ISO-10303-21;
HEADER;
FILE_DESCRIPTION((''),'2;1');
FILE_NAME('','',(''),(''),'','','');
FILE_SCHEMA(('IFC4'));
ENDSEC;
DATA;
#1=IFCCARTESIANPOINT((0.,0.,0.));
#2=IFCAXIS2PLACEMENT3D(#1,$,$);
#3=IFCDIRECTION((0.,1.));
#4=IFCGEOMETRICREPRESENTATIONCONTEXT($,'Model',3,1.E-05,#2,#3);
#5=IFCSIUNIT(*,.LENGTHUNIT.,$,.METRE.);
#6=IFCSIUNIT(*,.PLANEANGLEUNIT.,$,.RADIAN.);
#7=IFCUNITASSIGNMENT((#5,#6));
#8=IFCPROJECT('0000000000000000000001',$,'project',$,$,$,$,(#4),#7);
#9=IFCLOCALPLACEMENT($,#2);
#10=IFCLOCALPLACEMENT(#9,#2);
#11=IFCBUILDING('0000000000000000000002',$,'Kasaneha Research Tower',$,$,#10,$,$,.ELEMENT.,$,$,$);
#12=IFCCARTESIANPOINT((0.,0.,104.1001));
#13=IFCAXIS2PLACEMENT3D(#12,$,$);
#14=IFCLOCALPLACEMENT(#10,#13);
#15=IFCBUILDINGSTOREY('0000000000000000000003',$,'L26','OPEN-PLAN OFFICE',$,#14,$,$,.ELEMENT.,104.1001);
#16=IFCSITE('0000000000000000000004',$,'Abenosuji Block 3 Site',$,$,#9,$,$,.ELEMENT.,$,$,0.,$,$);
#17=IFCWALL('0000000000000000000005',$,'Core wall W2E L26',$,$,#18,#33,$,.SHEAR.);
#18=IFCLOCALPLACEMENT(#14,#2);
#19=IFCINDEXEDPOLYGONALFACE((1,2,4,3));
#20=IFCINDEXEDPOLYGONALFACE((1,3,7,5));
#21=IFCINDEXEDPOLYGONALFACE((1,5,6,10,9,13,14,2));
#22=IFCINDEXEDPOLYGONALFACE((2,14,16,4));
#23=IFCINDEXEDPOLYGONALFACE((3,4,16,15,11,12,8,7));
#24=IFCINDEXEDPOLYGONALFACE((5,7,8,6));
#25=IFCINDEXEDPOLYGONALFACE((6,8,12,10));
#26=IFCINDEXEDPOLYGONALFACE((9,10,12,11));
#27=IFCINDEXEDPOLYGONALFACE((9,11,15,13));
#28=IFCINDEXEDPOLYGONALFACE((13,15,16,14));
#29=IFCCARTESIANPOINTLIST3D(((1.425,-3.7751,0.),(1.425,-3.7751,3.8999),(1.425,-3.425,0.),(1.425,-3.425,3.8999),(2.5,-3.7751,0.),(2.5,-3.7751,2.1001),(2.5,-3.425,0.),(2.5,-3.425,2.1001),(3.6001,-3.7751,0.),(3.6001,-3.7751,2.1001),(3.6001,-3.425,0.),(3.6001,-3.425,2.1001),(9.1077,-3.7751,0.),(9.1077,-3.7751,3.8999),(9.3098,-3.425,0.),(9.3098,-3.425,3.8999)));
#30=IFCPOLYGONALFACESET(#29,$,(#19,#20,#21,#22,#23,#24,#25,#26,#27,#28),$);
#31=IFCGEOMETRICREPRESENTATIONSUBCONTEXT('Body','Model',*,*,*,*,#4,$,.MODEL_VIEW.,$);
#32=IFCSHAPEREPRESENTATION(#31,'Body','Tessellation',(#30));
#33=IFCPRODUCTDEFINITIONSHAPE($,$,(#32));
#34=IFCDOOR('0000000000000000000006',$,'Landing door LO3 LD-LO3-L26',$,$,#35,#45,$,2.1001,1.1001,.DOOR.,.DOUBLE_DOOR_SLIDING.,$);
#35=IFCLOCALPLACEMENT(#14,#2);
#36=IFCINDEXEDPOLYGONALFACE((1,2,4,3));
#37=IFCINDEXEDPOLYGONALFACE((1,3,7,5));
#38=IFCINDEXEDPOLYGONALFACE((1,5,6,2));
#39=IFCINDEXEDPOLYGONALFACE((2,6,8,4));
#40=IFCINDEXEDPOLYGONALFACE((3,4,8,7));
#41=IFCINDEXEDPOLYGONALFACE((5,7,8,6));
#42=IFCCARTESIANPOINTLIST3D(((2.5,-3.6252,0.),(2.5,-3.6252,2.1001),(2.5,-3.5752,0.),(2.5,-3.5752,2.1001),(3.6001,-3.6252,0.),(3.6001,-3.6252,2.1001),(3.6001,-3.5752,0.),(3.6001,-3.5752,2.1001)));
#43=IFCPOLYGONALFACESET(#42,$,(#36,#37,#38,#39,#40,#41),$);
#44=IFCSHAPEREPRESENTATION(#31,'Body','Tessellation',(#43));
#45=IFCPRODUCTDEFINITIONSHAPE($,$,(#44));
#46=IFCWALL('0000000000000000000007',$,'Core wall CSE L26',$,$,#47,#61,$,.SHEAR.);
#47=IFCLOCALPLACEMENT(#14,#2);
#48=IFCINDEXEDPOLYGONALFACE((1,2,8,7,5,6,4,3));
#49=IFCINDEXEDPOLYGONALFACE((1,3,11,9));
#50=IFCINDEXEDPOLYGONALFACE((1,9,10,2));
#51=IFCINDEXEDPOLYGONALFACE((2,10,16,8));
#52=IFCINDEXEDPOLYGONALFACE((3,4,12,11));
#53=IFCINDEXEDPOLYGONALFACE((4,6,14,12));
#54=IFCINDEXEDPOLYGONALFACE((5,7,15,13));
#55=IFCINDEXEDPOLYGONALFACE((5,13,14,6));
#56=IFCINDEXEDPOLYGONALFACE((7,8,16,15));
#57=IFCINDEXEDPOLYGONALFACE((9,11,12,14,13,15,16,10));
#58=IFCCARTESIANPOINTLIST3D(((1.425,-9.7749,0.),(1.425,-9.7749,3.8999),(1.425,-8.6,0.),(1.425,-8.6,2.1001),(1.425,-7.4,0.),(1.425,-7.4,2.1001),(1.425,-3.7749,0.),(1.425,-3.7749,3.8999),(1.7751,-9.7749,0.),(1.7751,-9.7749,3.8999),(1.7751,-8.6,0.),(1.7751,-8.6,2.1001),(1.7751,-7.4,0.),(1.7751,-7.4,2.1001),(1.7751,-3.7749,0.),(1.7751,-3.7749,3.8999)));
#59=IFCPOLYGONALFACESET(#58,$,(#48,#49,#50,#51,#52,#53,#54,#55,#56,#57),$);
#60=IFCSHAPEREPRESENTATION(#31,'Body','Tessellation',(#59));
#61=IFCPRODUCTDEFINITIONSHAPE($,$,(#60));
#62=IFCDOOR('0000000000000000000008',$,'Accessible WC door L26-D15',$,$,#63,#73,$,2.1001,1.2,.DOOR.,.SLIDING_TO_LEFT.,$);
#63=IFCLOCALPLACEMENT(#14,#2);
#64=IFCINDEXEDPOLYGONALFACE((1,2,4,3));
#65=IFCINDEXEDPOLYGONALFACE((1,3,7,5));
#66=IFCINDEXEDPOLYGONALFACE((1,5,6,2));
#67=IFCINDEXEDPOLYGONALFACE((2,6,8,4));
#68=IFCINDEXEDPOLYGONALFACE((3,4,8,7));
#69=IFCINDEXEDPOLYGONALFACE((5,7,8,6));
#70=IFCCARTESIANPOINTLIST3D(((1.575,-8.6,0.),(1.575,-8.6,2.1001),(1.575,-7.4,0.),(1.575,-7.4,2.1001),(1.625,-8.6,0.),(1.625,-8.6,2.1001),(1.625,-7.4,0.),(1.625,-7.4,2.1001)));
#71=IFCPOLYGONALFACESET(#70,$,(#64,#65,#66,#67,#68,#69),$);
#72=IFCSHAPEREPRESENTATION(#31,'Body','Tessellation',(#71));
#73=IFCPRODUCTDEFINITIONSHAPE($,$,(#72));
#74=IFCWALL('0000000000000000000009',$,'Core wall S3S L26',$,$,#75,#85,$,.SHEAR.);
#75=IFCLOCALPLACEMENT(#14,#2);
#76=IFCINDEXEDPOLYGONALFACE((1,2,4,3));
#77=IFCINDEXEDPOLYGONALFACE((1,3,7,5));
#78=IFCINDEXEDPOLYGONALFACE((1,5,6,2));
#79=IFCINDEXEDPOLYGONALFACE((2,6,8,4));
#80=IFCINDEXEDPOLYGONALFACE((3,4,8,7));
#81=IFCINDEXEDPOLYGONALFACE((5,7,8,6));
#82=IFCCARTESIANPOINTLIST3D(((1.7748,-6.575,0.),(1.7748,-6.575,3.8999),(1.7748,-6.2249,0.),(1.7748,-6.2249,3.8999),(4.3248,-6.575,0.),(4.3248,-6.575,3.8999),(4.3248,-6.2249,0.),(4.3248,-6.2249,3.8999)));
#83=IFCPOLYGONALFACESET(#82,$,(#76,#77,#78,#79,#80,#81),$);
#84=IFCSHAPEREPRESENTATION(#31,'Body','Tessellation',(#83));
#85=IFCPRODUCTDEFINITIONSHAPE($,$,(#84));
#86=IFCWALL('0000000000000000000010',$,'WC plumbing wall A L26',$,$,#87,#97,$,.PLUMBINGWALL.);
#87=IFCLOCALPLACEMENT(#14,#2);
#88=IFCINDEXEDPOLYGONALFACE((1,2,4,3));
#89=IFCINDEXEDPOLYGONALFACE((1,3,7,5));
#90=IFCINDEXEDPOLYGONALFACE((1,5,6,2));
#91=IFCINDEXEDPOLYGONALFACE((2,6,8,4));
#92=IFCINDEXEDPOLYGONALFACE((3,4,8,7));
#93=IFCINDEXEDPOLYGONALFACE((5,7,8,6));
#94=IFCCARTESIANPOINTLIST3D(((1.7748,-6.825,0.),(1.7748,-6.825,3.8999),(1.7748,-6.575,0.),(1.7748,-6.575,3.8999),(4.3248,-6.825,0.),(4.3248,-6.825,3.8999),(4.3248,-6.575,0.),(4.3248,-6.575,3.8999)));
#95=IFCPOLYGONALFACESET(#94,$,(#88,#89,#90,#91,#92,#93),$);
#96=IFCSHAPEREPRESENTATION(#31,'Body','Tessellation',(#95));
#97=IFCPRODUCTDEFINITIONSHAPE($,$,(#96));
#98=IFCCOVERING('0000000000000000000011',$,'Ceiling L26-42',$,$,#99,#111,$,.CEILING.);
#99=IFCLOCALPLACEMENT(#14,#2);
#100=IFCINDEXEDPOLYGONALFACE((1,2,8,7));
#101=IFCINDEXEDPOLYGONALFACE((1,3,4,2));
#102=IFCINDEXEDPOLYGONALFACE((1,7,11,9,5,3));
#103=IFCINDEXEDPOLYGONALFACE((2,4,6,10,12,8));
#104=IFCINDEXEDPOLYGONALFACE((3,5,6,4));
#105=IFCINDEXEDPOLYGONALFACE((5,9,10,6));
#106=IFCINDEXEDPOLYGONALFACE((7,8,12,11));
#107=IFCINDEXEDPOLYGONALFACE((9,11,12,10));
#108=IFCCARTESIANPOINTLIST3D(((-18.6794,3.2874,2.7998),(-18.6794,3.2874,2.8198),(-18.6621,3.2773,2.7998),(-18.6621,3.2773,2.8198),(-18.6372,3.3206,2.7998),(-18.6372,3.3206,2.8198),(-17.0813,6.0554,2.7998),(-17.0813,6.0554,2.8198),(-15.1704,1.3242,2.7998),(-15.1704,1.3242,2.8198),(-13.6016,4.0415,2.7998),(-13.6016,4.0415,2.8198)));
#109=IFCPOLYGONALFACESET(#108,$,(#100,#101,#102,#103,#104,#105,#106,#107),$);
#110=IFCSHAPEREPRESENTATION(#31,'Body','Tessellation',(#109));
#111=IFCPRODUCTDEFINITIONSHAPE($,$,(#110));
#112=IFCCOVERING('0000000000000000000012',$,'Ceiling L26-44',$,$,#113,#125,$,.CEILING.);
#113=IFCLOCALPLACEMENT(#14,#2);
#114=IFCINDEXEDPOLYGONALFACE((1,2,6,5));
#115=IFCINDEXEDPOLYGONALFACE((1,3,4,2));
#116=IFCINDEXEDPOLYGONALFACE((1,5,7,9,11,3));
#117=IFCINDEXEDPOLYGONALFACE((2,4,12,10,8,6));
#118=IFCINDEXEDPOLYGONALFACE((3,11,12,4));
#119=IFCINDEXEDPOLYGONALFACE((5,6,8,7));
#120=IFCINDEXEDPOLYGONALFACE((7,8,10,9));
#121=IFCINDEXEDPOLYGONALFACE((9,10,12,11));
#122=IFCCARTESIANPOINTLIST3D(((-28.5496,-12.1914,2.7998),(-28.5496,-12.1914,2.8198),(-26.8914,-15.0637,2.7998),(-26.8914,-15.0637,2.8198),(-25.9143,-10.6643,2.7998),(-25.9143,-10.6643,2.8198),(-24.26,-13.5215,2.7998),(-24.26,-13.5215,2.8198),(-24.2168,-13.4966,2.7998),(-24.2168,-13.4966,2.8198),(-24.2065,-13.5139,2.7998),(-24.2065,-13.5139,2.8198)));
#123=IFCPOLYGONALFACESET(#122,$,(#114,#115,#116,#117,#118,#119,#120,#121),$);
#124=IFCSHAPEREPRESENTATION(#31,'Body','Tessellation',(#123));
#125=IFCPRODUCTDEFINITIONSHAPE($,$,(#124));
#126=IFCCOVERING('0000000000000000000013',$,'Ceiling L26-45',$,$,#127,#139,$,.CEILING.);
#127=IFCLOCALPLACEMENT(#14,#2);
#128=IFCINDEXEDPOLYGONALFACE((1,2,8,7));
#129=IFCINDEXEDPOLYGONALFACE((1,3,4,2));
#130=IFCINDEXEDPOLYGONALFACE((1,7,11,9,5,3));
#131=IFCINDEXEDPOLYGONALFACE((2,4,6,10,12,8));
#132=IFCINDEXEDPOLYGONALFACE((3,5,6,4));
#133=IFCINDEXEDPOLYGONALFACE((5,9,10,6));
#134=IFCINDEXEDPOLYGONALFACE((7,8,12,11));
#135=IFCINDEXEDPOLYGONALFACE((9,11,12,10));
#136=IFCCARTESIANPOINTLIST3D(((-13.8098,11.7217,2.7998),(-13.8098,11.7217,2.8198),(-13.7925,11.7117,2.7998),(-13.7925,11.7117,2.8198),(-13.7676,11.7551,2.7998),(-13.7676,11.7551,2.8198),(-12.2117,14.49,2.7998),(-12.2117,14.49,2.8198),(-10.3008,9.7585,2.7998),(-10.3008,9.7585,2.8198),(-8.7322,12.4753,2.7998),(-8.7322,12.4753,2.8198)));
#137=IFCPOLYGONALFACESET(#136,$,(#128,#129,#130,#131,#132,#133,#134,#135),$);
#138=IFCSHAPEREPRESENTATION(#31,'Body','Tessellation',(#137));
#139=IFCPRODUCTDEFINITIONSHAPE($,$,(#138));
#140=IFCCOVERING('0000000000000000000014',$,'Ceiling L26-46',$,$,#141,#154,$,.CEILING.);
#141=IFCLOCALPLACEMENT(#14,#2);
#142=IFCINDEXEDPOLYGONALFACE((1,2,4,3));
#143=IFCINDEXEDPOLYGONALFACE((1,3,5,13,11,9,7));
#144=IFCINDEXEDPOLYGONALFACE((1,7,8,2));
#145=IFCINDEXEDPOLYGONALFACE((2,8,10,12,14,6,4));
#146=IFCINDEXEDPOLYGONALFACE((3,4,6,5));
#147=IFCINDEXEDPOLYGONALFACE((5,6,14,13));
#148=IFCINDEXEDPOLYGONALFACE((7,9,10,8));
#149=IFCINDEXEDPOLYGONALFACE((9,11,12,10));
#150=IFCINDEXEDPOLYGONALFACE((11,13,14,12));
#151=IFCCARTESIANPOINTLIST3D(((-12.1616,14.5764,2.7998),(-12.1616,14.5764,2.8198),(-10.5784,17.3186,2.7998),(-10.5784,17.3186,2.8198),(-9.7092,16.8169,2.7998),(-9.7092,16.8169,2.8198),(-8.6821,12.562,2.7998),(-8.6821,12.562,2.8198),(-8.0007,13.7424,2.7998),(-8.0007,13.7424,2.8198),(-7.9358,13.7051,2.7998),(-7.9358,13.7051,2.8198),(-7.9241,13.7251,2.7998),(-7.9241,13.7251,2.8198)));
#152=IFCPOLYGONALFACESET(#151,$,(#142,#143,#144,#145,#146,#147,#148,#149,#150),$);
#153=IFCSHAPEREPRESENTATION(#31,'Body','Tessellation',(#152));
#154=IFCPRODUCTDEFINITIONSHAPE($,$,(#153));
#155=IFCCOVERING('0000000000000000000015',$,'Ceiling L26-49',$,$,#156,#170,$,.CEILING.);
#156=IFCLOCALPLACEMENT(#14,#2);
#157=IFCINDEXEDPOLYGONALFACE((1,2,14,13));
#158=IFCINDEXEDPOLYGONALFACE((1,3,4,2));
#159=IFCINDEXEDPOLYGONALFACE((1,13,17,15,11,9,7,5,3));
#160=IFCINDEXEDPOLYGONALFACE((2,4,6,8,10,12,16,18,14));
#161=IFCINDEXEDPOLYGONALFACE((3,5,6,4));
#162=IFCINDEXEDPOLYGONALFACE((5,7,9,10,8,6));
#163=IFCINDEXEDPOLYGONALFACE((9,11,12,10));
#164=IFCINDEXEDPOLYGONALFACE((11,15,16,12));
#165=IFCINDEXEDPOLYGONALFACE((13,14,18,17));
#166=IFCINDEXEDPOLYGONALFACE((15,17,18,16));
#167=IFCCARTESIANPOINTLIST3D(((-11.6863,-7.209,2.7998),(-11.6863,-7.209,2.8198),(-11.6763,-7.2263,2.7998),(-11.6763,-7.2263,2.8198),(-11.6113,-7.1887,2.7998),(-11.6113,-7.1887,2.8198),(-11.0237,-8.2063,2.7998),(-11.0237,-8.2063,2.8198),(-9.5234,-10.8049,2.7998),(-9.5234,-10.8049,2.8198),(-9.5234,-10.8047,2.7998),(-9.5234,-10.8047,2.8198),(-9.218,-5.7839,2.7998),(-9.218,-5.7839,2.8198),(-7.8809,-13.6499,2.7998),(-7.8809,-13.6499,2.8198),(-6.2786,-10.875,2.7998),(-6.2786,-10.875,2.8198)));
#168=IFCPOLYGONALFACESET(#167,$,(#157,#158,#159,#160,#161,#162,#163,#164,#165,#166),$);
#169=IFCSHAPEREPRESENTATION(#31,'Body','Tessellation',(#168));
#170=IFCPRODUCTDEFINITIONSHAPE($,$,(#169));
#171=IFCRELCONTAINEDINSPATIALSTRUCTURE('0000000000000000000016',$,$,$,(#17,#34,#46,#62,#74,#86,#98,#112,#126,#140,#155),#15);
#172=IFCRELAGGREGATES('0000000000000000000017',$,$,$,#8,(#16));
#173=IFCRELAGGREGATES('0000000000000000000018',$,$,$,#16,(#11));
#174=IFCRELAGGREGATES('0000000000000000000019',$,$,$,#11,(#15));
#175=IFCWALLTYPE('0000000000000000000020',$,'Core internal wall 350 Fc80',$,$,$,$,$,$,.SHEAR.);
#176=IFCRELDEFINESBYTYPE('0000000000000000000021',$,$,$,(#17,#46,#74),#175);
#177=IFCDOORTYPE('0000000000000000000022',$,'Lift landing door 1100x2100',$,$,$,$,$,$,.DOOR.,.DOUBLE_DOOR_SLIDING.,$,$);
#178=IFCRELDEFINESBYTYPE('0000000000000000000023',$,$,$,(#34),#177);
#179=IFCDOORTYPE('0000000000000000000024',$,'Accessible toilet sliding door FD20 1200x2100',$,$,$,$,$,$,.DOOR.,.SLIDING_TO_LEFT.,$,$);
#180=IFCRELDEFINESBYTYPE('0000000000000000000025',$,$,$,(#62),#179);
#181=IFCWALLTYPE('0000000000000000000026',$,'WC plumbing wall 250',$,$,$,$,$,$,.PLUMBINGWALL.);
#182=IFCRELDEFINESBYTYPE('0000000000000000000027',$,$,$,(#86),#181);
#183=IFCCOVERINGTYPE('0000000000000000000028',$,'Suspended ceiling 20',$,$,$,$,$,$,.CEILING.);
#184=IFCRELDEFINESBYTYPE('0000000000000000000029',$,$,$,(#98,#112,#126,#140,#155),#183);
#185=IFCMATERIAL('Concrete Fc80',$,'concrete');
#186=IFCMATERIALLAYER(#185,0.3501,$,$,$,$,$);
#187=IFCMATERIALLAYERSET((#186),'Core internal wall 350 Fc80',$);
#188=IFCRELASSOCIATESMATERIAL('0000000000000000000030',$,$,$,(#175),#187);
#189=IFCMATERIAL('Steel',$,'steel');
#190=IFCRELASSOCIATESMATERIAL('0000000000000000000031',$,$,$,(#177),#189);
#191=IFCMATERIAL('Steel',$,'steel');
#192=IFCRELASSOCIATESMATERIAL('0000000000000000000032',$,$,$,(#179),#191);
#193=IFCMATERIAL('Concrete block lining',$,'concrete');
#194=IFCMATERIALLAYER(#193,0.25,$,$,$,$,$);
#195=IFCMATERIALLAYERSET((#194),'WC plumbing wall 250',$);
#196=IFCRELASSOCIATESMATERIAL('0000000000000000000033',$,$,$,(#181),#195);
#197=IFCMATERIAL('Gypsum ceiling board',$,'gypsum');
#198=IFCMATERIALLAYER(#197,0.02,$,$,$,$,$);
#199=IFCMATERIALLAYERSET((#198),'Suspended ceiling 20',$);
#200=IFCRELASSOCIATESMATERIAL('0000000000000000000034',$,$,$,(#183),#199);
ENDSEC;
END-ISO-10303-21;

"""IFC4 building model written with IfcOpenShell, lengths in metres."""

from ifc_helpers import new_model, si_unit, direction, frame, frame_2d, origin, place, context, subcontext, project, spatial, polyline, rectangle, outline, extrude, material, layer, layer_set, type_object, element, fill, save


model = new_model("IFC4")

# Units and contexts
model_context = context("Model", 3, precision=1e-05, world=origin(), true_north=direction((0.0, 1.0)))
body_context = subcontext(model_context, "Body", "Model", "MODEL_VIEW")
ifc_project = project(units=[si_unit("LENGTHUNIT", "METRE"), si_unit("PLANEANGLEUNIT", "RADIAN")], contexts=[model_context])

# Site, building, storey
site_placement = place(None, origin())
site = spatial("IfcSite", under=ifc_project, at=site_placement, Name="Abenosuji Block 3 Site", CompositionType="ELEMENT", RefElevation=0.0)
building_placement = place(site_placement, origin())
building = spatial("IfcBuilding", under=site, at=building_placement, Name="Kasaneha Research Tower", CompositionType="ELEMENT")
storey_placement = place(building_placement, frame((0.0, 0.0, 104.1001)))
storey = spatial("IfcBuildingStorey", under=building, at=storey_placement, Name="L26", Description="OPEN-PLAN OFFICE", CompositionType="ELEMENT", Elevation=104.1001)

# Walls, openings, doors
ifc_material_1 = material(Name="Concrete Fc80", Category="concrete")
ifc_layer_1 = layer(ifc_material_1, 0.3501)
ifc_layer_set_1 = layer_set([ifc_layer_1], Name="Core internal wall 350 Fc80")
wall_type_1 = type_object("IfcWallType", Name="Core internal wall 350 Fc80", PredefinedType="SHEAR", material=ifc_layer_set_1)
wall_1_placement = place(storey_placement, frame((1.425, -3.6001, 0.0), z_axis=(0.0, 0.0, 1.0), x_axis=(1.0, 0.0, 0.0)))
wall_1 = element("IfcWall", 1, at=wall_1_placement, inside=storey, type_object=wall_type_1, Name="Core wall W2E L26", PredefinedType="SHEAR", context=body_context, shape_type="SweptSolid", body=[
    extrude(outline(polyline([(0.0, -0.175), (1.075, -0.175), (2.175, -0.175), (7.6826, -0.175), (7.8848, 0.175), (2.175, 0.175), (1.075, 0.175), (0.0, 0.175), (0.0, -0.175)])), origin(), (0.0, 0.0, 1.0), 3.8999),
])
opening_1_placement = place(wall_1_placement, frame((1.075, 0.0, 0.0)))
opening_1 = element("IfcOpeningElement", 2, at=opening_1_placement, cuts=wall_1, PredefinedType="OPENING", context=body_context, shape_type="SweptSolid", body=[
    extrude(rectangle(XDim=1.1001, YDim=2.1001, at=frame_2d((0.55, 1.05))), frame((0.0, 0.1851, 0.0), z_axis=(0.0, -1.0, 0.0), x_axis=(1.0, 0.0, 0.0)), (0.0, 0.0, 1.0), 0.3701),
])
ifc_material_2 = material(Name="Steel", Category="steel")
door_type_1 = type_object("IfcDoorType", Name="Lift landing door 1100x2100", OperationType="DOUBLE_DOOR_SLIDING", PredefinedType="DOOR", material=ifc_material_2)
door_1_placement = place(opening_1_placement, origin())
door_1 = element("IfcDoor", 3, at=door_1_placement, inside=storey, type_object=door_type_1, Name="Landing door LO3 LD-LO3-L26", OperationType="DOUBLE_DOOR_SLIDING", OverallHeight=2.1001, OverallWidth=1.1001, PredefinedType="DOOR", context=body_context, shape_type="SweptSolid", body=[
    extrude(rectangle(XDim=1.1001, YDim=2.1001, at=frame_2d((0.55, 1.05))), frame((0.0, 0.0249, 0.0), z_axis=(0.0, -1.0, 0.0), x_axis=(1.0, 0.0, 0.0)), (0.0, 0.0, 1.0), 0.05),
])
fill(opening_1, door_1)
wall_2_placement = place(storey_placement, frame((1.6001, -3.7749, 0.0), z_axis=(0.0, 0.0, 1.0), x_axis=(0.0, -1.0, 0.0)))
wall_2 = element("IfcWall", 4, at=wall_2_placement, inside=storey, type_object=wall_type_1, Name="Core wall CSE L26", PredefinedType="SHEAR", context=body_context, shape_type="SweptSolid", body=[
    extrude(rectangle(XDim=6.0, YDim=0.3501, at=frame_2d((3.0, 0.0))), origin(), (0.0, 0.0, 1.0), 3.8999),
])
opening_2_placement = place(wall_2_placement, frame((3.625, 0.0, 0.0)))
opening_2 = element("IfcOpeningElement", 5, at=opening_2_placement, cuts=wall_2, PredefinedType="OPENING", context=body_context, shape_type="SweptSolid", body=[
    extrude(rectangle(XDim=1.2, YDim=2.1001, at=frame_2d((0.6001, 1.05))), frame((0.0, 0.1851, 0.0), z_axis=(0.0, -1.0, 0.0), x_axis=(1.0, 0.0, 0.0)), (0.0, 0.0, 1.0), 0.3701),
])
ifc_material_3 = material(Name="Steel", Category="steel")
door_type_2 = type_object("IfcDoorType", Name="Accessible toilet sliding door FD20 1200x2100", OperationType="SLIDING_TO_LEFT", PredefinedType="DOOR", material=ifc_material_3)
door_2_placement = place(opening_2_placement, origin())
door_2 = element("IfcDoor", 6, at=door_2_placement, inside=storey, type_object=door_type_2, Name="Accessible WC door L26-D15", OperationType="SLIDING_TO_LEFT", OverallHeight=2.1001, OverallWidth=1.2, PredefinedType="DOOR", context=body_context, shape_type="SweptSolid", body=[
    extrude(rectangle(XDim=1.2, YDim=2.1001, at=frame_2d((0.6001, 1.05))), frame((0.0, 0.0249, 0.0), z_axis=(0.0, -1.0, 0.0), x_axis=(1.0, 0.0, 0.0)), (0.0, 0.0, 1.0), 0.05),
])
fill(opening_2, door_2)

# Walls
wall_3_placement = place(storey_placement, frame((1.7749, -6.3999, 0.0), z_axis=(0.0, 0.0, 1.0), x_axis=(1.0, 0.0, 0.0)))
element("IfcWall", 7, at=wall_3_placement, inside=storey, type_object=wall_type_1, Name="Core wall S3S L26", PredefinedType="SHEAR", context=body_context, shape_type="SweptSolid", body=[
    extrude(rectangle(XDim=2.55, YDim=0.3501, at=frame_2d((1.2749, 0.0))), origin(), (0.0, 0.0, 1.0), 3.8999),
])
ifc_material_4 = material(Name="Concrete block lining", Category="concrete")
ifc_layer_2 = layer(ifc_material_4, 0.25)
ifc_layer_set_2 = layer_set([ifc_layer_2], Name="WC plumbing wall 250")
wall_type_2 = type_object("IfcWallType", Name="WC plumbing wall 250", PredefinedType="PLUMBINGWALL", material=ifc_layer_set_2)
wall_4_placement = place(storey_placement, frame((1.7749, -6.7, 0.0), z_axis=(0.0, 0.0, 1.0), x_axis=(1.0, 0.0, 0.0)))
element("IfcWall", 8, at=wall_4_placement, inside=storey, type_object=wall_type_2, Name="WC plumbing wall A L26", PredefinedType="PLUMBINGWALL", context=body_context, shape_type="SweptSolid", body=[
    extrude(rectangle(XDim=2.55, YDim=0.25, at=frame_2d((1.2749, 0.0))), origin(), (0.0, 0.0, 1.0), 3.8999),
])

# Coverings
ifc_material_5 = material(Name="Gypsum ceiling board", Category="gypsum")
ifc_layer_3 = layer(ifc_material_5, 0.02)
ifc_layer_set_3 = layer_set([ifc_layer_3], Name="Suspended ceiling 20")
covering_type = type_object("IfcCoveringType", Name="Suspended ceiling 20", PredefinedType="CEILING", material=ifc_layer_set_3)
covering_1_placement = place(storey_placement, frame((0.0, 0.0, 2.7998)))
element("IfcCovering", 9, at=covering_1_placement, inside=storey, type_object=covering_type, Name="Ceiling L26-42", PredefinedType="CEILING", context=body_context, shape_type="SweptSolid", body=[
    extrude(outline(polyline([(-18.6794, 3.2874), (-17.0813, 6.0554), (-13.6016, 4.0415), (-15.1704, 1.3242), (-18.6372, 3.3206), (-18.6621, 3.2773), (-18.6794, 3.2874)])), origin(), (0.0, 0.0, 1.0), 0.02),
])
covering_2_placement = place(storey_placement, frame((0.0, 0.0, 2.7998)))
element("IfcCovering", 10, at=covering_2_placement, inside=storey, type_object=covering_type, Name="Ceiling L26-44", PredefinedType="CEILING", context=body_context, shape_type="SweptSolid", body=[
    extrude(outline(polyline([(-24.2065, -13.5139), (-26.8914, -15.0637), (-28.572, -12.1526), (-28.5496, -12.1914), (-25.9143, -10.6643), (-24.26, -13.5215), (-24.2168, -13.4966), (-24.2065, -13.5139)])), origin(), (0.0, 0.0, 1.0), 0.02),
])
covering_3_placement = place(storey_placement, frame((0.0, 0.0, 2.7998)))
element("IfcCovering", 11, at=covering_3_placement, inside=storey, type_object=covering_type, Name="Ceiling L26-45", PredefinedType="CEILING", context=body_context, shape_type="SweptSolid", body=[
    extrude(outline(polyline([(-13.8098, 11.7217), (-12.2117, 14.49), (-8.7322, 12.4753), (-10.3008, 9.7585), (-13.7676, 11.7551), (-13.7925, 11.7117), (-13.8098, 11.7217)])), origin(), (0.0, 0.0, 1.0), 0.02),
])
covering_4_placement = place(storey_placement, frame((0.0, 0.0, 2.7998)))
element("IfcCovering", 12, at=covering_4_placement, inside=storey, type_object=covering_type, Name="Ceiling L26-46", PredefinedType="CEILING", context=body_context, shape_type="SweptSolid", body=[
    extrude(outline(polyline([(-10.5784, 17.3186), (-9.7092, 16.8169), (-7.9241, 13.7251), (-7.9358, 13.7051), (-8.0007, 13.7424), (-8.6821, 12.562), (-12.1616, 14.5764), (-12.1865, 14.5332), (-12.1865, 14.5332), (-10.5784, 17.3186)])), origin(), (0.0, 0.0, 1.0), 0.02),
])
covering_5_placement = place(storey_placement, frame((0.0, 0.0, 2.7998)))
element("IfcCovering", 13, at=covering_5_placement, inside=storey, type_object=covering_type, Name="Ceiling L26-49", PredefinedType="CEILING", context=body_context, shape_type="SweptSolid", body=[
    extrude(outline(polyline([(-7.8809, -13.6499), (-7.8809, -13.6499), (-9.5234, -10.8047), (-9.5234, -10.8049), (-11.0237, -8.2063), (-11.0237, -8.2063), (-11.6113, -7.1887), (-11.6763, -7.2263), (-11.6863, -7.209), (-9.218, -5.7839), (-6.2786, -10.875), (-7.8809, -13.6499)])), origin(), (0.0, 0.0, 1.0), 0.02),
])

save(model, "model.ifc")
